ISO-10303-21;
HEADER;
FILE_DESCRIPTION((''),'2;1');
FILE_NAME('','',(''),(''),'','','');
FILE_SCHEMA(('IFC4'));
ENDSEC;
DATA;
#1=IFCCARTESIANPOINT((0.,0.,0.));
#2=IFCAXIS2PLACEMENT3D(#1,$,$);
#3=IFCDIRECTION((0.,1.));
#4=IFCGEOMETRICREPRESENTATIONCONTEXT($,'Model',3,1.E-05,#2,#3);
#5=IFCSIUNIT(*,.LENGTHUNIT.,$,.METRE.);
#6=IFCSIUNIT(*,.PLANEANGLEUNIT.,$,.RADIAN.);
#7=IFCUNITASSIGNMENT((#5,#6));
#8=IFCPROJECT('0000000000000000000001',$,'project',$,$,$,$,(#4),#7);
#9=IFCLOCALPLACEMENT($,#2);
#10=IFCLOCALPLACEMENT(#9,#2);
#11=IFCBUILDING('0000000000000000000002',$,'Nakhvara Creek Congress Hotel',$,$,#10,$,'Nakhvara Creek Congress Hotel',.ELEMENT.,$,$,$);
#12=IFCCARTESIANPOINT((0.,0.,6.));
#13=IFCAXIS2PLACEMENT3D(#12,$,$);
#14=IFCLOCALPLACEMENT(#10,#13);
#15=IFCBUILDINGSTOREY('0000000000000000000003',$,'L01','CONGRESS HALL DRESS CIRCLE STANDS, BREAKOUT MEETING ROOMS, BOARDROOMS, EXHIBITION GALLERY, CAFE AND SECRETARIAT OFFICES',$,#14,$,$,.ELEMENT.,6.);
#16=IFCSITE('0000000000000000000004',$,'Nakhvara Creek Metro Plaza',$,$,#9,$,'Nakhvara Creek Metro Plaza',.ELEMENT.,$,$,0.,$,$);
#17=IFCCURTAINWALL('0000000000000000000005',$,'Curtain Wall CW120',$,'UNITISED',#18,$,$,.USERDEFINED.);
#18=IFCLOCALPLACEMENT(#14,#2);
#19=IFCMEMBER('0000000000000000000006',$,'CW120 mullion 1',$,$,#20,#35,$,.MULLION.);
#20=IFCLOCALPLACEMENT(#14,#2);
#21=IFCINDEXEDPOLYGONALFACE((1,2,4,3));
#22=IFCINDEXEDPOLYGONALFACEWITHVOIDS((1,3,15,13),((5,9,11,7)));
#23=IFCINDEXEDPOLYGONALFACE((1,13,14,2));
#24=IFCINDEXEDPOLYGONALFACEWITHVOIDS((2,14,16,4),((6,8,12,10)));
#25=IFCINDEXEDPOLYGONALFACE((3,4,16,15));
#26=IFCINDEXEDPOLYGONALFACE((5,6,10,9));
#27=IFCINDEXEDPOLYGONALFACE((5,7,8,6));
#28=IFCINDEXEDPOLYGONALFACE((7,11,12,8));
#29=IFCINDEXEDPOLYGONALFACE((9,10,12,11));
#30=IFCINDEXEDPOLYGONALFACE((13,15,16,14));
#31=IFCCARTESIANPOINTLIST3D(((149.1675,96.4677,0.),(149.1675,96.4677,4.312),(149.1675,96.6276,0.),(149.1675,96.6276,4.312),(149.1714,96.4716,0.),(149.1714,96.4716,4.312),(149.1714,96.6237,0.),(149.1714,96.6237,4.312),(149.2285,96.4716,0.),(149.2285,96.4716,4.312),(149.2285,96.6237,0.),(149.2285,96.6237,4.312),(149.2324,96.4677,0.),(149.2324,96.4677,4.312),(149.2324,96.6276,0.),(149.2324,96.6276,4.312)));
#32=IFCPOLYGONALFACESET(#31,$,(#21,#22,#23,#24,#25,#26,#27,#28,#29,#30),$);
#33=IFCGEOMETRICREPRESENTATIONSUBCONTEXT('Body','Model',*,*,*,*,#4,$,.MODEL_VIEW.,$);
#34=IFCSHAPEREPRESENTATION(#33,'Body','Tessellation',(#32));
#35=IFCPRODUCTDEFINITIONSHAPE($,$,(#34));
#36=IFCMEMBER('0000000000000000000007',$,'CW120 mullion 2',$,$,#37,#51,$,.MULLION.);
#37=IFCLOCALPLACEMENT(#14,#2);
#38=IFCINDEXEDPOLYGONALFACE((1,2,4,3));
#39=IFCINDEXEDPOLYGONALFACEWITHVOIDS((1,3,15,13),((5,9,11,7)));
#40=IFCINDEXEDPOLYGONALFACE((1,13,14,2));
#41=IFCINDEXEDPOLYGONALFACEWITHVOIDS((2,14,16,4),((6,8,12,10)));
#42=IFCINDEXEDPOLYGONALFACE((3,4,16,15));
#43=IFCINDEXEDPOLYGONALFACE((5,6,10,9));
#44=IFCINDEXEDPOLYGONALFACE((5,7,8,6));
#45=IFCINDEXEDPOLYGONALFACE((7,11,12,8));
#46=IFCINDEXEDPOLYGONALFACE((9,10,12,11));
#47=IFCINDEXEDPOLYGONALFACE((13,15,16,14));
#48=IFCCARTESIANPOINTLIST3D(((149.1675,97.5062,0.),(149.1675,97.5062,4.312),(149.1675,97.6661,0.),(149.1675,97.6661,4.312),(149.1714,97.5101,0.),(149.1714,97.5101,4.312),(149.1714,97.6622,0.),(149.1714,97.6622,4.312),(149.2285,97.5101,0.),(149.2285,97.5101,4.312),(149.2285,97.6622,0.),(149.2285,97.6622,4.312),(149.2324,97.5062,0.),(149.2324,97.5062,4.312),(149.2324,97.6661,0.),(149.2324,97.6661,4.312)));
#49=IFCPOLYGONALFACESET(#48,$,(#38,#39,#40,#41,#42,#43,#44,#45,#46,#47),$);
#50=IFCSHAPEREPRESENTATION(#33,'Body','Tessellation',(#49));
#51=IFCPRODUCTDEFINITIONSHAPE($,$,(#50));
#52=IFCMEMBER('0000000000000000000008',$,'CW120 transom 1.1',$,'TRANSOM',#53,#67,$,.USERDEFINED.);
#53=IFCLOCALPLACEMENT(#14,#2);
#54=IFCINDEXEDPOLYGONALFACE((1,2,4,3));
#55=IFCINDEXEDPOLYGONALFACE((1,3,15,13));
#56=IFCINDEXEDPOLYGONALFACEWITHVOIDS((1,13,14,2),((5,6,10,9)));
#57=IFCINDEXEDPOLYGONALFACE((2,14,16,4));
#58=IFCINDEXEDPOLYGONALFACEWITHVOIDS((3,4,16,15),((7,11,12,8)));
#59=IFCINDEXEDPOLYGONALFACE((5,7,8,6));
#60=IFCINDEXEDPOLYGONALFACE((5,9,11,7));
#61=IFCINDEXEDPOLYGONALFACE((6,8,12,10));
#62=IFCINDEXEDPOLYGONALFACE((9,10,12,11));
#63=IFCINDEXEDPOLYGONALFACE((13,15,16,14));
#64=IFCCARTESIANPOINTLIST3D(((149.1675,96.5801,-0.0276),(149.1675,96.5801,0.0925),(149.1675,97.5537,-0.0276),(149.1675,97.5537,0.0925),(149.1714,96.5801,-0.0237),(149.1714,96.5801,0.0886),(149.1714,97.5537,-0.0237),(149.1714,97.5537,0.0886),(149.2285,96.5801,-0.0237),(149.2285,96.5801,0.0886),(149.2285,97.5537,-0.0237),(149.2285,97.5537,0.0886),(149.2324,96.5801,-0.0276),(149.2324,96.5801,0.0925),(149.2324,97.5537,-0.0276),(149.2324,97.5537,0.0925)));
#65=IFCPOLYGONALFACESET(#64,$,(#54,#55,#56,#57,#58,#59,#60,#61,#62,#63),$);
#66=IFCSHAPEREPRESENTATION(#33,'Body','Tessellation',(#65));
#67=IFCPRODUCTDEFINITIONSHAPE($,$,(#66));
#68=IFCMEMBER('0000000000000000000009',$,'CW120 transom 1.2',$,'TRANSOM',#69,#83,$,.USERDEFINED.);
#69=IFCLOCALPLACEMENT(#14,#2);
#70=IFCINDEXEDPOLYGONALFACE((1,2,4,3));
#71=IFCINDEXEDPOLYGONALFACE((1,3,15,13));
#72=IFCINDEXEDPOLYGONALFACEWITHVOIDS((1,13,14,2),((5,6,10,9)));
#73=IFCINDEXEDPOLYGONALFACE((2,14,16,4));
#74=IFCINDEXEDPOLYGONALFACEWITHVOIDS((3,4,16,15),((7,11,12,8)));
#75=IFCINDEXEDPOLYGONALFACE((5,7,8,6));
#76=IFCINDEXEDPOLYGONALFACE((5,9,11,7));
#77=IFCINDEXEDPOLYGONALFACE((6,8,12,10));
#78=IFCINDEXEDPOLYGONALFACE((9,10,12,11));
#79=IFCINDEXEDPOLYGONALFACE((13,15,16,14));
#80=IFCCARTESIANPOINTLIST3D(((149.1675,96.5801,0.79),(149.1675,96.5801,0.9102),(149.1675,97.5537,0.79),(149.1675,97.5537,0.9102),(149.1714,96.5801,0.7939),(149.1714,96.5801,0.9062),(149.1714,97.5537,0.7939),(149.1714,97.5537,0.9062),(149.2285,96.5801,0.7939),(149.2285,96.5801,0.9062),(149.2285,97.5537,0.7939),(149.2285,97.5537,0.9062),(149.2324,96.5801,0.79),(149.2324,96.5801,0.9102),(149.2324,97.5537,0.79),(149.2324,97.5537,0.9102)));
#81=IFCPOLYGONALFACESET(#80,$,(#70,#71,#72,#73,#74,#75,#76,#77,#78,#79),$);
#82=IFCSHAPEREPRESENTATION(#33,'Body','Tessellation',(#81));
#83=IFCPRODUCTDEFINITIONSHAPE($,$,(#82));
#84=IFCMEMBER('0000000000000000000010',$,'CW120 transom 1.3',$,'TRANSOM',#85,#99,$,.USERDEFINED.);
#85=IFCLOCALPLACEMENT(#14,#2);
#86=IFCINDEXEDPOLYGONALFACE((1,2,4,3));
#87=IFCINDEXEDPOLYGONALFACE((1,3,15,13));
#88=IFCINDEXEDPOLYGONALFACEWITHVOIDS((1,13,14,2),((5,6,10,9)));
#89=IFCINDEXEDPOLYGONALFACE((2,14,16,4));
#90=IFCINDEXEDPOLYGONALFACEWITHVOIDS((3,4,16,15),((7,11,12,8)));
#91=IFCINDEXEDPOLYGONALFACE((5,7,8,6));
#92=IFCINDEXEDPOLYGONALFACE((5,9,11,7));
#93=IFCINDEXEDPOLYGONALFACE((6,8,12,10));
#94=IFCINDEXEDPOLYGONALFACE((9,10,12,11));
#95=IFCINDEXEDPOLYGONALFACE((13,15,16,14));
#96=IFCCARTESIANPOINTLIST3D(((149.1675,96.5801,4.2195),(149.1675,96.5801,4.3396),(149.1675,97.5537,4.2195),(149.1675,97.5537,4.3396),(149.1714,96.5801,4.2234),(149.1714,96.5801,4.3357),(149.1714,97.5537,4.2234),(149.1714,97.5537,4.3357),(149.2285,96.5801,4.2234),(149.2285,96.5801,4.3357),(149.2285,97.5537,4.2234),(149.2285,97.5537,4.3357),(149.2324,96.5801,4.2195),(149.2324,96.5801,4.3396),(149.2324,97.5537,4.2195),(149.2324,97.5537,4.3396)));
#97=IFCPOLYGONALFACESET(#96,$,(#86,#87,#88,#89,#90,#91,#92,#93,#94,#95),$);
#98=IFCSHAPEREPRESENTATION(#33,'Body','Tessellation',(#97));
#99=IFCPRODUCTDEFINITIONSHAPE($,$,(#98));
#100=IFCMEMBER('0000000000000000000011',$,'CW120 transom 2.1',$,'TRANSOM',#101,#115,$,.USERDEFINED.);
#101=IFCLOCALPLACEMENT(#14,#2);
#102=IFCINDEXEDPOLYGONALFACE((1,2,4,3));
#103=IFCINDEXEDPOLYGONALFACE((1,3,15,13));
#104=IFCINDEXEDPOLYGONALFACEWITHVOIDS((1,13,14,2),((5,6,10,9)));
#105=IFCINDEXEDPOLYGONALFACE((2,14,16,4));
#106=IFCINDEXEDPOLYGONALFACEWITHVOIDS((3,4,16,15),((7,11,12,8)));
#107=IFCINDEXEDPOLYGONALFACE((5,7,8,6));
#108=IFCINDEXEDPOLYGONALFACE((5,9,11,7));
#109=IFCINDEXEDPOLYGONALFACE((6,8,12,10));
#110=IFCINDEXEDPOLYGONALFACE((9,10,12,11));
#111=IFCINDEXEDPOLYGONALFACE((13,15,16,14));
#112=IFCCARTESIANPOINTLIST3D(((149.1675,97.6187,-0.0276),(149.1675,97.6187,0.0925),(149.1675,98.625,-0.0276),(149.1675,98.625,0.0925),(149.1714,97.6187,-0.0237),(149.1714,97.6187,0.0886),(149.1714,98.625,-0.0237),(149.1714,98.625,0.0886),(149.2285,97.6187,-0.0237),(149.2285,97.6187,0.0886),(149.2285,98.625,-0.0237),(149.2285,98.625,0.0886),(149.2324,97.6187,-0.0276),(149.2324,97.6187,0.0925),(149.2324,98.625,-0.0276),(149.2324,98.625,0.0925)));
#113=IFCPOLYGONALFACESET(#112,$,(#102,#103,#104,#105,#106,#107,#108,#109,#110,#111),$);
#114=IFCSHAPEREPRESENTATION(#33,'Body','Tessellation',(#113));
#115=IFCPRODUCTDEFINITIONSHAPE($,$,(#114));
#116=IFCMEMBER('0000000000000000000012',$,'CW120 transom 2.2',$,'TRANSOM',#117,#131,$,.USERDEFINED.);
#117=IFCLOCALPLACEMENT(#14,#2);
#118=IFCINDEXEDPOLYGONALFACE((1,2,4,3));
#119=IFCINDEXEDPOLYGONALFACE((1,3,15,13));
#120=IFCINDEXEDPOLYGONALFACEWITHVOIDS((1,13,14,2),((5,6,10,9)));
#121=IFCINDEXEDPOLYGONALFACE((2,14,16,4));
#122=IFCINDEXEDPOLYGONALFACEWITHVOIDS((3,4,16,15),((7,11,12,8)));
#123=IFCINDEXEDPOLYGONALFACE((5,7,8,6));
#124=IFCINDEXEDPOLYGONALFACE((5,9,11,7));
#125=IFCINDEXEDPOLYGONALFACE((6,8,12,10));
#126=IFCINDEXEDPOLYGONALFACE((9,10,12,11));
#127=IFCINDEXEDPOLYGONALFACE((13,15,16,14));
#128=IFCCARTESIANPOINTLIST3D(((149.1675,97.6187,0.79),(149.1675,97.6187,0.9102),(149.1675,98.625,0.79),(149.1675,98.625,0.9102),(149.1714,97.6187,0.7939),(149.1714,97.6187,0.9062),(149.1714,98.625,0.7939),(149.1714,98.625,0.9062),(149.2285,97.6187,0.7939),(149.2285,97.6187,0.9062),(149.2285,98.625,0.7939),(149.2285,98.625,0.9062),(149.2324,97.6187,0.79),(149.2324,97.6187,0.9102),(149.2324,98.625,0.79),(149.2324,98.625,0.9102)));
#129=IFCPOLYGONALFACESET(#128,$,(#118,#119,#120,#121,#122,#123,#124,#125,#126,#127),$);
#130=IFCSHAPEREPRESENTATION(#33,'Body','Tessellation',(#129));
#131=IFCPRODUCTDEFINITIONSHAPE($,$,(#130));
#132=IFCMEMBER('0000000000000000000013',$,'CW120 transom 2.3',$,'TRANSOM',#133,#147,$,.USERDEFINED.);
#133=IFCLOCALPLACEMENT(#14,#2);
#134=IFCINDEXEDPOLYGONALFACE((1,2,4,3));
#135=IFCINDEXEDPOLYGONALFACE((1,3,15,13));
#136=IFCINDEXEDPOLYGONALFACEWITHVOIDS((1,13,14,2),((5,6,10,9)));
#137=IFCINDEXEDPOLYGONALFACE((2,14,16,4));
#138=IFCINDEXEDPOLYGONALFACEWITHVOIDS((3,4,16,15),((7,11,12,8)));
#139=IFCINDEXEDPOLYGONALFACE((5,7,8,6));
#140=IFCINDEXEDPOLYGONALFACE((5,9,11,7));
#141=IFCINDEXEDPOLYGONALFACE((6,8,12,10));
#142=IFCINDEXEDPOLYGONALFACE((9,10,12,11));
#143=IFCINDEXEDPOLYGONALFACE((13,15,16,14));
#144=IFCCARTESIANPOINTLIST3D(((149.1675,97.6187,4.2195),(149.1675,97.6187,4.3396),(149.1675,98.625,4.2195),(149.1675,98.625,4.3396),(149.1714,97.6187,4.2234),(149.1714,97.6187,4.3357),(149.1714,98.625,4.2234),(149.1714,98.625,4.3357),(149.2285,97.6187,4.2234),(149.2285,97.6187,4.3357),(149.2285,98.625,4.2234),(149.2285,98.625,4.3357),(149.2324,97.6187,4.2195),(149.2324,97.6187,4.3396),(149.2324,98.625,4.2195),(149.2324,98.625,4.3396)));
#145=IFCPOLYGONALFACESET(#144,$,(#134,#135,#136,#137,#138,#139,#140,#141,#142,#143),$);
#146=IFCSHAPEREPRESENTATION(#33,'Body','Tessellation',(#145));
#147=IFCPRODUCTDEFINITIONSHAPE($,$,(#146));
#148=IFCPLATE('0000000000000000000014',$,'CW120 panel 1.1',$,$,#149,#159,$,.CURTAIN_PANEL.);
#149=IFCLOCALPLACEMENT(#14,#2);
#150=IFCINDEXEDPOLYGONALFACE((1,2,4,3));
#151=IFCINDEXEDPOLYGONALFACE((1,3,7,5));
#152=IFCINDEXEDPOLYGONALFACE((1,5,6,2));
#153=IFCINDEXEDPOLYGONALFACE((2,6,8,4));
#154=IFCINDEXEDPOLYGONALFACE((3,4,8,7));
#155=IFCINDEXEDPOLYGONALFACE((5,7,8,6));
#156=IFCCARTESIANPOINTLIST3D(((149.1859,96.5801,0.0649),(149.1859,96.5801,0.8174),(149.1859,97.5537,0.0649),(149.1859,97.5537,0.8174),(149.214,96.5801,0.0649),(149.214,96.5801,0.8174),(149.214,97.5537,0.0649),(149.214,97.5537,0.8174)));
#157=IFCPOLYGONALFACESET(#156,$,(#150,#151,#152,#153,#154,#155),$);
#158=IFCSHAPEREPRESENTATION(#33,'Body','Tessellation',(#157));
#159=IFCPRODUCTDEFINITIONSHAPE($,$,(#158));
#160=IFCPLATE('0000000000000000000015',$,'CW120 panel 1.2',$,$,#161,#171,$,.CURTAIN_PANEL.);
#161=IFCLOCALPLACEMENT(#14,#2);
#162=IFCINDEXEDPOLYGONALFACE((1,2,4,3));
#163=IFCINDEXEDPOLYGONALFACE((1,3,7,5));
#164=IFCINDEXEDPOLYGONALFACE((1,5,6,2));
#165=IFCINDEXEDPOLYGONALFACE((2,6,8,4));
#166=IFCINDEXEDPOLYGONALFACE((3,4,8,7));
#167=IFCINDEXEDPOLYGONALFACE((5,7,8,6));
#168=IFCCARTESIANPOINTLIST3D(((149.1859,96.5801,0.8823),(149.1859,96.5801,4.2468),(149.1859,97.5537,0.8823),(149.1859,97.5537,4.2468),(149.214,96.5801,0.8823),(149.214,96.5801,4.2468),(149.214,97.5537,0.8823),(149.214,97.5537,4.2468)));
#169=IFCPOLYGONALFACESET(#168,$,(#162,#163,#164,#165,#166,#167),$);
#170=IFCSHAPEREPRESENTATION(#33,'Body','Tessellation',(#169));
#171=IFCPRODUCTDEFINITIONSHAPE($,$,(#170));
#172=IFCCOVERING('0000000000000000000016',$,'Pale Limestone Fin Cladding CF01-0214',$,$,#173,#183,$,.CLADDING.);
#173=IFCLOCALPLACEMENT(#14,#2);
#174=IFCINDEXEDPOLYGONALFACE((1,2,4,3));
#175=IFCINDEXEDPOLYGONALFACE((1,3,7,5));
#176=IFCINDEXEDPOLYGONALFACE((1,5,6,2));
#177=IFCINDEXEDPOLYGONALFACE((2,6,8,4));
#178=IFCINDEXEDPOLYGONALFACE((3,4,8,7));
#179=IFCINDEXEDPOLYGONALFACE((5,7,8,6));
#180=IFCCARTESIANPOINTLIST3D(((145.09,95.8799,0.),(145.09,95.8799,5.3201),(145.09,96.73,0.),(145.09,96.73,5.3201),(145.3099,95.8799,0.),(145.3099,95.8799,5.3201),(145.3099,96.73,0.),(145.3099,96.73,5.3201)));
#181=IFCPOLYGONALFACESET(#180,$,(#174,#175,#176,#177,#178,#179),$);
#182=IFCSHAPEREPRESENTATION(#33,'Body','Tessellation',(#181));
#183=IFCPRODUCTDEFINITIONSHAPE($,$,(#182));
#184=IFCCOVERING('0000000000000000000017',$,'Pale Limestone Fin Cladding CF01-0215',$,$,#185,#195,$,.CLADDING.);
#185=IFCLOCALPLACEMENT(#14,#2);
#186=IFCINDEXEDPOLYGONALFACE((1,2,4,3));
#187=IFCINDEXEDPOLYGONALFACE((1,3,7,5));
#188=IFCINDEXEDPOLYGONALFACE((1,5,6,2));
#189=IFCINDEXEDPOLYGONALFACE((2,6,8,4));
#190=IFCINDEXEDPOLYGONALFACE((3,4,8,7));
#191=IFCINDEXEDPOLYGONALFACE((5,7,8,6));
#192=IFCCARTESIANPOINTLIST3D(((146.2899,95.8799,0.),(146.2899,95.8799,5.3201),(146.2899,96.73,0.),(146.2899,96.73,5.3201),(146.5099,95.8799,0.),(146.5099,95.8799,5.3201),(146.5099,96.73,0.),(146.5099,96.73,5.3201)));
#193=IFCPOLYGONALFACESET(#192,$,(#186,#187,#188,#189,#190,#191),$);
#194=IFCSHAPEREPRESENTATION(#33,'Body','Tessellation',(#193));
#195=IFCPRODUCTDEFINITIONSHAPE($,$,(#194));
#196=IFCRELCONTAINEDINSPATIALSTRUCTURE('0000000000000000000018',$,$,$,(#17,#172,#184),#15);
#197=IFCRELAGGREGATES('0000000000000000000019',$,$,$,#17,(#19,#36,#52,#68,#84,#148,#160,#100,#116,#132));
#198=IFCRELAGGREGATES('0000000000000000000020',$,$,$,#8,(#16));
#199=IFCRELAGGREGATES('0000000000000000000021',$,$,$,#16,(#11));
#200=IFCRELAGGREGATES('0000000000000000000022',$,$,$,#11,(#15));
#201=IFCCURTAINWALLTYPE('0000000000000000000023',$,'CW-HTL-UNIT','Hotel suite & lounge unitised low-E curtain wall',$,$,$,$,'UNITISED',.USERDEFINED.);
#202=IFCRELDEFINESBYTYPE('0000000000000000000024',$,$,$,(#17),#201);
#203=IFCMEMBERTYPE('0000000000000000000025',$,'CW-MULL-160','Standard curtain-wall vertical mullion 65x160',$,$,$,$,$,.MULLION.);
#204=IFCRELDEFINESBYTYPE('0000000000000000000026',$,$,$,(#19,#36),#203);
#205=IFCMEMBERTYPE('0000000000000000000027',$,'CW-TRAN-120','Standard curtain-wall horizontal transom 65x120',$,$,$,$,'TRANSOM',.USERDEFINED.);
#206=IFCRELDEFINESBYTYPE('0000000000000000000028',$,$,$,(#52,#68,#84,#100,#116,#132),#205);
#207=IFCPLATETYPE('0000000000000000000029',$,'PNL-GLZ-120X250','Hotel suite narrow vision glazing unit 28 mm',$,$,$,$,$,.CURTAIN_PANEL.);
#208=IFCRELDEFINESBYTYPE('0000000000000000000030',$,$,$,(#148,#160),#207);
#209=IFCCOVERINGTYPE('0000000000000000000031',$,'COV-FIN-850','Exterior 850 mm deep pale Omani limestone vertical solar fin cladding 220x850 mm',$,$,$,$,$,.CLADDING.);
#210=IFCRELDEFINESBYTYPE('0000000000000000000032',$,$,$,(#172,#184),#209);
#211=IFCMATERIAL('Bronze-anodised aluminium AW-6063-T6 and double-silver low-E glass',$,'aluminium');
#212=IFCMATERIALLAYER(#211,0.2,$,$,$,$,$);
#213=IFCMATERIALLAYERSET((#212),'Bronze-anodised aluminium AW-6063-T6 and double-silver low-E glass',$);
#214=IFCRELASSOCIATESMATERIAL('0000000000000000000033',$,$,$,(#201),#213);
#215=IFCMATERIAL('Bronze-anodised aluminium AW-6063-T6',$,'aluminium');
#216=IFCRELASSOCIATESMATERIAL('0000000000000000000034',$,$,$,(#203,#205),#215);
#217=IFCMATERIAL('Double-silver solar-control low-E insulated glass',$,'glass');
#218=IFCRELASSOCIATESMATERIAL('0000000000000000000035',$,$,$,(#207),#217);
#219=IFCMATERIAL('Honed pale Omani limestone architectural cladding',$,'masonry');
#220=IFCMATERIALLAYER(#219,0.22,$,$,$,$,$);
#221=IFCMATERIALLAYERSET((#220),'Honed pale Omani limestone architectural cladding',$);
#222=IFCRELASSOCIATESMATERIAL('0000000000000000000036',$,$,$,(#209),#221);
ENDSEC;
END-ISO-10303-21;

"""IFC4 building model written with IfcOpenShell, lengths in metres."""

from ifc_helpers import new_model, si_unit, direction, frame, origin, origin_2d, place, context, subcontext, project, spatial, rectangle, hollow_rectangle, extrude, material, layer, layer_set, material_profile, profile_set, type_object, element, aggregate, save


model = new_model("IFC4")

# Units and contexts
model_context = context("Model", 3, precision=1e-05, world=origin(), true_north=direction((0.0, 1.0)))
body_context = subcontext(model_context, "Body", "Model", "MODEL_VIEW")
ifc_project = project(units=[si_unit("LENGTHUNIT", "METRE"), si_unit("PLANEANGLEUNIT", "RADIAN")], contexts=[model_context])

# Site, building, storey
site_placement = place(None, origin())
site = spatial("IfcSite", under=ifc_project, at=site_placement, Name="Nakhvara Creek Metro Plaza", LongName="Nakhvara Creek Metro Plaza", CompositionType="ELEMENT", RefElevation=0.0)
building_placement = place(site_placement, origin())
building = spatial("IfcBuilding", under=site, at=building_placement, Name="Nakhvara Creek Congress Hotel", LongName="Nakhvara Creek Congress Hotel", CompositionType="ELEMENT")
storey_placement = place(building_placement, frame((0.0, 0.0, 6.0)))
storey = spatial("IfcBuildingStorey", under=building, at=storey_placement, Name="L01", Description="CONGRESS HALL DRESS CIRCLE STANDS, BREAKOUT MEETING ROOMS, BOARDROOMS, EXHIBITION GALLERY, CAFE AND SECRETARIAT OFFICES", CompositionType="ELEMENT", Elevation=6.0)

# Curtain wall, members, plates
ifc_material_1 = material(Name="Bronze-anodised aluminium AW-6063-T6 and double-silver low-E glass", Category="aluminium")
ifc_layer_1 = layer(ifc_material_1, 0.2)
ifc_layer_set_1 = layer_set([ifc_layer_1], Name="Bronze-anodised aluminium AW-6063-T6 and double-silver low-E glass")
curtain_wall_type = type_object("IfcCurtainWallType", Name="CW-HTL-UNIT", Description="Hotel suite & lounge unitised low-E curtain wall", ElementType="UNITISED", PredefinedType="USERDEFINED", material=ifc_layer_set_1)
curtain_wall_placement = place(storey_placement, origin())
curtain_wall = element("IfcCurtainWall", 1, at=curtain_wall_placement, inside=storey, type_object=curtain_wall_type, Name="Curtain Wall CW120", ObjectType="UNITISED", PredefinedType="USERDEFINED")
ifc_material_2 = material(Name="Bronze-anodised aluminium AW-6063-T6", Category="aluminium")
ifc_material_profile_1 = material_profile(ifc_material_2, hollow_rectangle(XDim=0.0649, YDim=0.1599, WallThickness=0.0039, at=origin_2d()), Name="ALU-MULL 65x160x4", Category="LoadBearing")
ifc_profile_set_1 = profile_set([ifc_material_profile_1], Name="Bronze-anodised aluminium AW-6063-T6")
member_type_1 = type_object("IfcMemberType", Name="CW-MULL-160", Description="Standard curtain-wall vertical mullion 65x160", PredefinedType="MULLION", material=ifc_profile_set_1)
member_1_placement = place(storey_placement, frame((149.2, 96.5476, 0.0), z_axis=(0.0, 0.0, 1.0), x_axis=(-1.0, 0.0, 0.0)))
member_1 = element("IfcMember", 2, at=member_1_placement, type_object=member_type_1, Name="CW120 mullion 1", PredefinedType="MULLION", context=body_context, shape_type="SweptSolid", body=[
    extrude(hollow_rectangle(XDim=0.0649, YDim=0.1599, WallThickness=0.0039, at=origin_2d()), origin(), (0.0, 0.0, 1.0), 4.312),
])
member_2_placement = place(storey_placement, frame((149.2, 97.5862, 0.0), z_axis=(0.0, 0.0, 1.0), x_axis=(-1.0, 0.0, 0.0)))
member_2 = element("IfcMember", 3, at=member_2_placement, type_object=member_type_1, Name="CW120 mullion 2", PredefinedType="MULLION", context=body_context, shape_type="SweptSolid", body=[
    extrude(hollow_rectangle(XDim=0.0649, YDim=0.1599, WallThickness=0.0039, at=origin_2d()), origin(), (0.0, 0.0, 1.0), 4.312),
])
ifc_material_profile_2 = material_profile(ifc_material_2, hollow_rectangle(XDim=0.0649, YDim=0.1201, WallThickness=0.0039, at=origin_2d()), Name="ALU-TRAN 65x120x4", Category="LoadBearing")
ifc_profile_set_2 = profile_set([ifc_material_profile_2], Name="Bronze-anodised aluminium AW-6063-T6")
member_type_2 = type_object("IfcMemberType", Name="CW-TRAN-120", Description="Standard curtain-wall horizontal transom 65x120", ElementType="TRANSOM", PredefinedType="USERDEFINED", material=ifc_profile_set_2)
member_3_placement = place(storey_placement, frame((149.2, 96.5801, 0.0325), z_axis=(0.0, 1.0, 0.0), x_axis=(-1.0, 0.0, 0.0)))
member_3 = element("IfcMember", 4, at=member_3_placement, type_object=member_type_2, Name="CW120 transom 1.1", ObjectType="TRANSOM", PredefinedType="USERDEFINED", context=body_context, shape_type="SweptSolid", body=[
    extrude(hollow_rectangle(XDim=0.0649, YDim=0.1201, WallThickness=0.0039, at=origin_2d()), origin(), (0.0, 0.0, 1.0), 0.9736),
])
member_4_placement = place(storey_placement, frame((149.2, 96.5801, 0.8501), z_axis=(0.0, 1.0, 0.0), x_axis=(-1.0, 0.0, 0.0)))
member_4 = element("IfcMember", 5, at=member_4_placement, type_object=member_type_2, Name="CW120 transom 1.2", ObjectType="TRANSOM", PredefinedType="USERDEFINED", context=body_context, shape_type="SweptSolid", body=[
    extrude(hollow_rectangle(XDim=0.0649, YDim=0.1201, WallThickness=0.0039, at=origin_2d()), origin(), (0.0, 0.0, 1.0), 0.9736),
])
member_5_placement = place(storey_placement, frame((149.2, 96.5801, 4.2795), z_axis=(0.0, 1.0, 0.0), x_axis=(-1.0, 0.0, 0.0)))
member_5 = element("IfcMember", 6, at=member_5_placement, type_object=member_type_2, Name="CW120 transom 1.3", ObjectType="TRANSOM", PredefinedType="USERDEFINED", context=body_context, shape_type="SweptSolid", body=[
    extrude(hollow_rectangle(XDim=0.0649, YDim=0.1201, WallThickness=0.0039, at=origin_2d()), origin(), (0.0, 0.0, 1.0), 0.9736),
])
member_6_placement = place(storey_placement, frame((149.2, 97.6187, 0.0325), z_axis=(0.0, 1.0, 0.0), x_axis=(-1.0, 0.0, 0.0)))
member_6 = element("IfcMember", 7, at=member_6_placement, type_object=member_type_2, Name="CW120 transom 2.1", ObjectType="TRANSOM", PredefinedType="USERDEFINED", context=body_context, shape_type="SweptSolid", body=[
    extrude(hollow_rectangle(XDim=0.0649, YDim=0.1201, WallThickness=0.0039, at=origin_2d()), origin(), (0.0, 0.0, 1.0), 1.0063),
])
member_7_placement = place(storey_placement, frame((149.2, 97.6187, 0.8501), z_axis=(0.0, 1.0, 0.0), x_axis=(-1.0, 0.0, 0.0)))
member_7 = element("IfcMember", 8, at=member_7_placement, type_object=member_type_2, Name="CW120 transom 2.2", ObjectType="TRANSOM", PredefinedType="USERDEFINED", context=body_context, shape_type="SweptSolid", body=[
    extrude(hollow_rectangle(XDim=0.0649, YDim=0.1201, WallThickness=0.0039, at=origin_2d()), origin(), (0.0, 0.0, 1.0), 1.0063),
])
member_8_placement = place(storey_placement, frame((149.2, 97.6187, 4.2795), z_axis=(0.0, 1.0, 0.0), x_axis=(-1.0, 0.0, 0.0)))
member_8 = element("IfcMember", 9, at=member_8_placement, type_object=member_type_2, Name="CW120 transom 2.3", ObjectType="TRANSOM", PredefinedType="USERDEFINED", context=body_context, shape_type="SweptSolid", body=[
    extrude(hollow_rectangle(XDim=0.0649, YDim=0.1201, WallThickness=0.0039, at=origin_2d()), origin(), (0.0, 0.0, 1.0), 1.0063),
])
ifc_material_3 = material(Name="Double-silver solar-control low-E insulated glass", Category="glass")
plate_type = type_object("IfcPlateType", Name="PNL-GLZ-120X250", Description="Hotel suite narrow vision glazing unit 28 mm", PredefinedType="CURTAIN_PANEL", material=ifc_material_3)
plate_1_placement = place(storey_placement, frame((149.2, 97.0669, 0.0649), z_axis=(0.0, 0.0, 1.0), x_axis=(0.0, 1.0, 0.0)))
plate_1 = element("IfcPlate", 10, at=plate_1_placement, type_object=plate_type, Name="CW120 panel 1.1", PredefinedType="CURTAIN_PANEL", context=body_context, shape_type="SweptSolid", body=[
    extrude(rectangle(XDim=0.9736, YDim=0.0281, at=origin_2d()), origin(), (0.0, 0.0, 1.0), 0.7524),
])
plate_2_placement = place(storey_placement, frame((149.2, 97.0669, 0.8823), z_axis=(0.0, 0.0, 1.0), x_axis=(0.0, 1.0, 0.0)))
plate_2 = element("IfcPlate", 11, at=plate_2_placement, type_object=plate_type, Name="CW120 panel 1.2", PredefinedType="CURTAIN_PANEL", context=body_context, shape_type="SweptSolid", body=[
    extrude(rectangle(XDim=0.9736, YDim=0.0281, at=origin_2d()), origin(), (0.0, 0.0, 1.0), 3.3645),
])
aggregate(curtain_wall, [member_1, member_2, member_3, member_4, member_5, plate_1, plate_2, member_6, member_7, member_8])

# Coverings
ifc_material_4 = material(Name="Honed pale Omani limestone architectural cladding", Category="masonry")
ifc_layer_2 = layer(ifc_material_4, 0.22)
ifc_layer_set_2 = layer_set([ifc_layer_2], Name="Honed pale Omani limestone architectural cladding")
covering_type = type_object("IfcCoveringType", Name="COV-FIN-850", Description="Exterior 850 mm deep pale Omani limestone vertical solar fin cladding 220x850 mm", PredefinedType="CLADDING", material=ifc_layer_set_2)
for number, where, z_axis, x_axis, name in (
    (12, (145.2, 96.3049, 0.0), (0.0, 0.0, 1.0), (1.0, 0.0, 0.0), "Pale Limestone Fin Cladding CF01-0214"),
    (13, (146.3999, 96.3049, 0.0), (0.0, 0.0, 1.0), (1.0, 0.0, 0.0), "Pale Limestone Fin Cladding CF01-0215"),
):
    element("IfcCovering", number, at=place(storey_placement, frame(where, z_axis=z_axis, x_axis=x_axis)), inside=storey, type_object=covering_type, Name=name, PredefinedType="CLADDING", context=body_context, shape_type="SweptSolid", body=[
        extrude(rectangle(XDim=0.22, YDim=0.8501, at=origin_2d()), origin(), (0.0, 0.0, 1.0), 5.3201),
    ])

save(model, "model.ifc")
